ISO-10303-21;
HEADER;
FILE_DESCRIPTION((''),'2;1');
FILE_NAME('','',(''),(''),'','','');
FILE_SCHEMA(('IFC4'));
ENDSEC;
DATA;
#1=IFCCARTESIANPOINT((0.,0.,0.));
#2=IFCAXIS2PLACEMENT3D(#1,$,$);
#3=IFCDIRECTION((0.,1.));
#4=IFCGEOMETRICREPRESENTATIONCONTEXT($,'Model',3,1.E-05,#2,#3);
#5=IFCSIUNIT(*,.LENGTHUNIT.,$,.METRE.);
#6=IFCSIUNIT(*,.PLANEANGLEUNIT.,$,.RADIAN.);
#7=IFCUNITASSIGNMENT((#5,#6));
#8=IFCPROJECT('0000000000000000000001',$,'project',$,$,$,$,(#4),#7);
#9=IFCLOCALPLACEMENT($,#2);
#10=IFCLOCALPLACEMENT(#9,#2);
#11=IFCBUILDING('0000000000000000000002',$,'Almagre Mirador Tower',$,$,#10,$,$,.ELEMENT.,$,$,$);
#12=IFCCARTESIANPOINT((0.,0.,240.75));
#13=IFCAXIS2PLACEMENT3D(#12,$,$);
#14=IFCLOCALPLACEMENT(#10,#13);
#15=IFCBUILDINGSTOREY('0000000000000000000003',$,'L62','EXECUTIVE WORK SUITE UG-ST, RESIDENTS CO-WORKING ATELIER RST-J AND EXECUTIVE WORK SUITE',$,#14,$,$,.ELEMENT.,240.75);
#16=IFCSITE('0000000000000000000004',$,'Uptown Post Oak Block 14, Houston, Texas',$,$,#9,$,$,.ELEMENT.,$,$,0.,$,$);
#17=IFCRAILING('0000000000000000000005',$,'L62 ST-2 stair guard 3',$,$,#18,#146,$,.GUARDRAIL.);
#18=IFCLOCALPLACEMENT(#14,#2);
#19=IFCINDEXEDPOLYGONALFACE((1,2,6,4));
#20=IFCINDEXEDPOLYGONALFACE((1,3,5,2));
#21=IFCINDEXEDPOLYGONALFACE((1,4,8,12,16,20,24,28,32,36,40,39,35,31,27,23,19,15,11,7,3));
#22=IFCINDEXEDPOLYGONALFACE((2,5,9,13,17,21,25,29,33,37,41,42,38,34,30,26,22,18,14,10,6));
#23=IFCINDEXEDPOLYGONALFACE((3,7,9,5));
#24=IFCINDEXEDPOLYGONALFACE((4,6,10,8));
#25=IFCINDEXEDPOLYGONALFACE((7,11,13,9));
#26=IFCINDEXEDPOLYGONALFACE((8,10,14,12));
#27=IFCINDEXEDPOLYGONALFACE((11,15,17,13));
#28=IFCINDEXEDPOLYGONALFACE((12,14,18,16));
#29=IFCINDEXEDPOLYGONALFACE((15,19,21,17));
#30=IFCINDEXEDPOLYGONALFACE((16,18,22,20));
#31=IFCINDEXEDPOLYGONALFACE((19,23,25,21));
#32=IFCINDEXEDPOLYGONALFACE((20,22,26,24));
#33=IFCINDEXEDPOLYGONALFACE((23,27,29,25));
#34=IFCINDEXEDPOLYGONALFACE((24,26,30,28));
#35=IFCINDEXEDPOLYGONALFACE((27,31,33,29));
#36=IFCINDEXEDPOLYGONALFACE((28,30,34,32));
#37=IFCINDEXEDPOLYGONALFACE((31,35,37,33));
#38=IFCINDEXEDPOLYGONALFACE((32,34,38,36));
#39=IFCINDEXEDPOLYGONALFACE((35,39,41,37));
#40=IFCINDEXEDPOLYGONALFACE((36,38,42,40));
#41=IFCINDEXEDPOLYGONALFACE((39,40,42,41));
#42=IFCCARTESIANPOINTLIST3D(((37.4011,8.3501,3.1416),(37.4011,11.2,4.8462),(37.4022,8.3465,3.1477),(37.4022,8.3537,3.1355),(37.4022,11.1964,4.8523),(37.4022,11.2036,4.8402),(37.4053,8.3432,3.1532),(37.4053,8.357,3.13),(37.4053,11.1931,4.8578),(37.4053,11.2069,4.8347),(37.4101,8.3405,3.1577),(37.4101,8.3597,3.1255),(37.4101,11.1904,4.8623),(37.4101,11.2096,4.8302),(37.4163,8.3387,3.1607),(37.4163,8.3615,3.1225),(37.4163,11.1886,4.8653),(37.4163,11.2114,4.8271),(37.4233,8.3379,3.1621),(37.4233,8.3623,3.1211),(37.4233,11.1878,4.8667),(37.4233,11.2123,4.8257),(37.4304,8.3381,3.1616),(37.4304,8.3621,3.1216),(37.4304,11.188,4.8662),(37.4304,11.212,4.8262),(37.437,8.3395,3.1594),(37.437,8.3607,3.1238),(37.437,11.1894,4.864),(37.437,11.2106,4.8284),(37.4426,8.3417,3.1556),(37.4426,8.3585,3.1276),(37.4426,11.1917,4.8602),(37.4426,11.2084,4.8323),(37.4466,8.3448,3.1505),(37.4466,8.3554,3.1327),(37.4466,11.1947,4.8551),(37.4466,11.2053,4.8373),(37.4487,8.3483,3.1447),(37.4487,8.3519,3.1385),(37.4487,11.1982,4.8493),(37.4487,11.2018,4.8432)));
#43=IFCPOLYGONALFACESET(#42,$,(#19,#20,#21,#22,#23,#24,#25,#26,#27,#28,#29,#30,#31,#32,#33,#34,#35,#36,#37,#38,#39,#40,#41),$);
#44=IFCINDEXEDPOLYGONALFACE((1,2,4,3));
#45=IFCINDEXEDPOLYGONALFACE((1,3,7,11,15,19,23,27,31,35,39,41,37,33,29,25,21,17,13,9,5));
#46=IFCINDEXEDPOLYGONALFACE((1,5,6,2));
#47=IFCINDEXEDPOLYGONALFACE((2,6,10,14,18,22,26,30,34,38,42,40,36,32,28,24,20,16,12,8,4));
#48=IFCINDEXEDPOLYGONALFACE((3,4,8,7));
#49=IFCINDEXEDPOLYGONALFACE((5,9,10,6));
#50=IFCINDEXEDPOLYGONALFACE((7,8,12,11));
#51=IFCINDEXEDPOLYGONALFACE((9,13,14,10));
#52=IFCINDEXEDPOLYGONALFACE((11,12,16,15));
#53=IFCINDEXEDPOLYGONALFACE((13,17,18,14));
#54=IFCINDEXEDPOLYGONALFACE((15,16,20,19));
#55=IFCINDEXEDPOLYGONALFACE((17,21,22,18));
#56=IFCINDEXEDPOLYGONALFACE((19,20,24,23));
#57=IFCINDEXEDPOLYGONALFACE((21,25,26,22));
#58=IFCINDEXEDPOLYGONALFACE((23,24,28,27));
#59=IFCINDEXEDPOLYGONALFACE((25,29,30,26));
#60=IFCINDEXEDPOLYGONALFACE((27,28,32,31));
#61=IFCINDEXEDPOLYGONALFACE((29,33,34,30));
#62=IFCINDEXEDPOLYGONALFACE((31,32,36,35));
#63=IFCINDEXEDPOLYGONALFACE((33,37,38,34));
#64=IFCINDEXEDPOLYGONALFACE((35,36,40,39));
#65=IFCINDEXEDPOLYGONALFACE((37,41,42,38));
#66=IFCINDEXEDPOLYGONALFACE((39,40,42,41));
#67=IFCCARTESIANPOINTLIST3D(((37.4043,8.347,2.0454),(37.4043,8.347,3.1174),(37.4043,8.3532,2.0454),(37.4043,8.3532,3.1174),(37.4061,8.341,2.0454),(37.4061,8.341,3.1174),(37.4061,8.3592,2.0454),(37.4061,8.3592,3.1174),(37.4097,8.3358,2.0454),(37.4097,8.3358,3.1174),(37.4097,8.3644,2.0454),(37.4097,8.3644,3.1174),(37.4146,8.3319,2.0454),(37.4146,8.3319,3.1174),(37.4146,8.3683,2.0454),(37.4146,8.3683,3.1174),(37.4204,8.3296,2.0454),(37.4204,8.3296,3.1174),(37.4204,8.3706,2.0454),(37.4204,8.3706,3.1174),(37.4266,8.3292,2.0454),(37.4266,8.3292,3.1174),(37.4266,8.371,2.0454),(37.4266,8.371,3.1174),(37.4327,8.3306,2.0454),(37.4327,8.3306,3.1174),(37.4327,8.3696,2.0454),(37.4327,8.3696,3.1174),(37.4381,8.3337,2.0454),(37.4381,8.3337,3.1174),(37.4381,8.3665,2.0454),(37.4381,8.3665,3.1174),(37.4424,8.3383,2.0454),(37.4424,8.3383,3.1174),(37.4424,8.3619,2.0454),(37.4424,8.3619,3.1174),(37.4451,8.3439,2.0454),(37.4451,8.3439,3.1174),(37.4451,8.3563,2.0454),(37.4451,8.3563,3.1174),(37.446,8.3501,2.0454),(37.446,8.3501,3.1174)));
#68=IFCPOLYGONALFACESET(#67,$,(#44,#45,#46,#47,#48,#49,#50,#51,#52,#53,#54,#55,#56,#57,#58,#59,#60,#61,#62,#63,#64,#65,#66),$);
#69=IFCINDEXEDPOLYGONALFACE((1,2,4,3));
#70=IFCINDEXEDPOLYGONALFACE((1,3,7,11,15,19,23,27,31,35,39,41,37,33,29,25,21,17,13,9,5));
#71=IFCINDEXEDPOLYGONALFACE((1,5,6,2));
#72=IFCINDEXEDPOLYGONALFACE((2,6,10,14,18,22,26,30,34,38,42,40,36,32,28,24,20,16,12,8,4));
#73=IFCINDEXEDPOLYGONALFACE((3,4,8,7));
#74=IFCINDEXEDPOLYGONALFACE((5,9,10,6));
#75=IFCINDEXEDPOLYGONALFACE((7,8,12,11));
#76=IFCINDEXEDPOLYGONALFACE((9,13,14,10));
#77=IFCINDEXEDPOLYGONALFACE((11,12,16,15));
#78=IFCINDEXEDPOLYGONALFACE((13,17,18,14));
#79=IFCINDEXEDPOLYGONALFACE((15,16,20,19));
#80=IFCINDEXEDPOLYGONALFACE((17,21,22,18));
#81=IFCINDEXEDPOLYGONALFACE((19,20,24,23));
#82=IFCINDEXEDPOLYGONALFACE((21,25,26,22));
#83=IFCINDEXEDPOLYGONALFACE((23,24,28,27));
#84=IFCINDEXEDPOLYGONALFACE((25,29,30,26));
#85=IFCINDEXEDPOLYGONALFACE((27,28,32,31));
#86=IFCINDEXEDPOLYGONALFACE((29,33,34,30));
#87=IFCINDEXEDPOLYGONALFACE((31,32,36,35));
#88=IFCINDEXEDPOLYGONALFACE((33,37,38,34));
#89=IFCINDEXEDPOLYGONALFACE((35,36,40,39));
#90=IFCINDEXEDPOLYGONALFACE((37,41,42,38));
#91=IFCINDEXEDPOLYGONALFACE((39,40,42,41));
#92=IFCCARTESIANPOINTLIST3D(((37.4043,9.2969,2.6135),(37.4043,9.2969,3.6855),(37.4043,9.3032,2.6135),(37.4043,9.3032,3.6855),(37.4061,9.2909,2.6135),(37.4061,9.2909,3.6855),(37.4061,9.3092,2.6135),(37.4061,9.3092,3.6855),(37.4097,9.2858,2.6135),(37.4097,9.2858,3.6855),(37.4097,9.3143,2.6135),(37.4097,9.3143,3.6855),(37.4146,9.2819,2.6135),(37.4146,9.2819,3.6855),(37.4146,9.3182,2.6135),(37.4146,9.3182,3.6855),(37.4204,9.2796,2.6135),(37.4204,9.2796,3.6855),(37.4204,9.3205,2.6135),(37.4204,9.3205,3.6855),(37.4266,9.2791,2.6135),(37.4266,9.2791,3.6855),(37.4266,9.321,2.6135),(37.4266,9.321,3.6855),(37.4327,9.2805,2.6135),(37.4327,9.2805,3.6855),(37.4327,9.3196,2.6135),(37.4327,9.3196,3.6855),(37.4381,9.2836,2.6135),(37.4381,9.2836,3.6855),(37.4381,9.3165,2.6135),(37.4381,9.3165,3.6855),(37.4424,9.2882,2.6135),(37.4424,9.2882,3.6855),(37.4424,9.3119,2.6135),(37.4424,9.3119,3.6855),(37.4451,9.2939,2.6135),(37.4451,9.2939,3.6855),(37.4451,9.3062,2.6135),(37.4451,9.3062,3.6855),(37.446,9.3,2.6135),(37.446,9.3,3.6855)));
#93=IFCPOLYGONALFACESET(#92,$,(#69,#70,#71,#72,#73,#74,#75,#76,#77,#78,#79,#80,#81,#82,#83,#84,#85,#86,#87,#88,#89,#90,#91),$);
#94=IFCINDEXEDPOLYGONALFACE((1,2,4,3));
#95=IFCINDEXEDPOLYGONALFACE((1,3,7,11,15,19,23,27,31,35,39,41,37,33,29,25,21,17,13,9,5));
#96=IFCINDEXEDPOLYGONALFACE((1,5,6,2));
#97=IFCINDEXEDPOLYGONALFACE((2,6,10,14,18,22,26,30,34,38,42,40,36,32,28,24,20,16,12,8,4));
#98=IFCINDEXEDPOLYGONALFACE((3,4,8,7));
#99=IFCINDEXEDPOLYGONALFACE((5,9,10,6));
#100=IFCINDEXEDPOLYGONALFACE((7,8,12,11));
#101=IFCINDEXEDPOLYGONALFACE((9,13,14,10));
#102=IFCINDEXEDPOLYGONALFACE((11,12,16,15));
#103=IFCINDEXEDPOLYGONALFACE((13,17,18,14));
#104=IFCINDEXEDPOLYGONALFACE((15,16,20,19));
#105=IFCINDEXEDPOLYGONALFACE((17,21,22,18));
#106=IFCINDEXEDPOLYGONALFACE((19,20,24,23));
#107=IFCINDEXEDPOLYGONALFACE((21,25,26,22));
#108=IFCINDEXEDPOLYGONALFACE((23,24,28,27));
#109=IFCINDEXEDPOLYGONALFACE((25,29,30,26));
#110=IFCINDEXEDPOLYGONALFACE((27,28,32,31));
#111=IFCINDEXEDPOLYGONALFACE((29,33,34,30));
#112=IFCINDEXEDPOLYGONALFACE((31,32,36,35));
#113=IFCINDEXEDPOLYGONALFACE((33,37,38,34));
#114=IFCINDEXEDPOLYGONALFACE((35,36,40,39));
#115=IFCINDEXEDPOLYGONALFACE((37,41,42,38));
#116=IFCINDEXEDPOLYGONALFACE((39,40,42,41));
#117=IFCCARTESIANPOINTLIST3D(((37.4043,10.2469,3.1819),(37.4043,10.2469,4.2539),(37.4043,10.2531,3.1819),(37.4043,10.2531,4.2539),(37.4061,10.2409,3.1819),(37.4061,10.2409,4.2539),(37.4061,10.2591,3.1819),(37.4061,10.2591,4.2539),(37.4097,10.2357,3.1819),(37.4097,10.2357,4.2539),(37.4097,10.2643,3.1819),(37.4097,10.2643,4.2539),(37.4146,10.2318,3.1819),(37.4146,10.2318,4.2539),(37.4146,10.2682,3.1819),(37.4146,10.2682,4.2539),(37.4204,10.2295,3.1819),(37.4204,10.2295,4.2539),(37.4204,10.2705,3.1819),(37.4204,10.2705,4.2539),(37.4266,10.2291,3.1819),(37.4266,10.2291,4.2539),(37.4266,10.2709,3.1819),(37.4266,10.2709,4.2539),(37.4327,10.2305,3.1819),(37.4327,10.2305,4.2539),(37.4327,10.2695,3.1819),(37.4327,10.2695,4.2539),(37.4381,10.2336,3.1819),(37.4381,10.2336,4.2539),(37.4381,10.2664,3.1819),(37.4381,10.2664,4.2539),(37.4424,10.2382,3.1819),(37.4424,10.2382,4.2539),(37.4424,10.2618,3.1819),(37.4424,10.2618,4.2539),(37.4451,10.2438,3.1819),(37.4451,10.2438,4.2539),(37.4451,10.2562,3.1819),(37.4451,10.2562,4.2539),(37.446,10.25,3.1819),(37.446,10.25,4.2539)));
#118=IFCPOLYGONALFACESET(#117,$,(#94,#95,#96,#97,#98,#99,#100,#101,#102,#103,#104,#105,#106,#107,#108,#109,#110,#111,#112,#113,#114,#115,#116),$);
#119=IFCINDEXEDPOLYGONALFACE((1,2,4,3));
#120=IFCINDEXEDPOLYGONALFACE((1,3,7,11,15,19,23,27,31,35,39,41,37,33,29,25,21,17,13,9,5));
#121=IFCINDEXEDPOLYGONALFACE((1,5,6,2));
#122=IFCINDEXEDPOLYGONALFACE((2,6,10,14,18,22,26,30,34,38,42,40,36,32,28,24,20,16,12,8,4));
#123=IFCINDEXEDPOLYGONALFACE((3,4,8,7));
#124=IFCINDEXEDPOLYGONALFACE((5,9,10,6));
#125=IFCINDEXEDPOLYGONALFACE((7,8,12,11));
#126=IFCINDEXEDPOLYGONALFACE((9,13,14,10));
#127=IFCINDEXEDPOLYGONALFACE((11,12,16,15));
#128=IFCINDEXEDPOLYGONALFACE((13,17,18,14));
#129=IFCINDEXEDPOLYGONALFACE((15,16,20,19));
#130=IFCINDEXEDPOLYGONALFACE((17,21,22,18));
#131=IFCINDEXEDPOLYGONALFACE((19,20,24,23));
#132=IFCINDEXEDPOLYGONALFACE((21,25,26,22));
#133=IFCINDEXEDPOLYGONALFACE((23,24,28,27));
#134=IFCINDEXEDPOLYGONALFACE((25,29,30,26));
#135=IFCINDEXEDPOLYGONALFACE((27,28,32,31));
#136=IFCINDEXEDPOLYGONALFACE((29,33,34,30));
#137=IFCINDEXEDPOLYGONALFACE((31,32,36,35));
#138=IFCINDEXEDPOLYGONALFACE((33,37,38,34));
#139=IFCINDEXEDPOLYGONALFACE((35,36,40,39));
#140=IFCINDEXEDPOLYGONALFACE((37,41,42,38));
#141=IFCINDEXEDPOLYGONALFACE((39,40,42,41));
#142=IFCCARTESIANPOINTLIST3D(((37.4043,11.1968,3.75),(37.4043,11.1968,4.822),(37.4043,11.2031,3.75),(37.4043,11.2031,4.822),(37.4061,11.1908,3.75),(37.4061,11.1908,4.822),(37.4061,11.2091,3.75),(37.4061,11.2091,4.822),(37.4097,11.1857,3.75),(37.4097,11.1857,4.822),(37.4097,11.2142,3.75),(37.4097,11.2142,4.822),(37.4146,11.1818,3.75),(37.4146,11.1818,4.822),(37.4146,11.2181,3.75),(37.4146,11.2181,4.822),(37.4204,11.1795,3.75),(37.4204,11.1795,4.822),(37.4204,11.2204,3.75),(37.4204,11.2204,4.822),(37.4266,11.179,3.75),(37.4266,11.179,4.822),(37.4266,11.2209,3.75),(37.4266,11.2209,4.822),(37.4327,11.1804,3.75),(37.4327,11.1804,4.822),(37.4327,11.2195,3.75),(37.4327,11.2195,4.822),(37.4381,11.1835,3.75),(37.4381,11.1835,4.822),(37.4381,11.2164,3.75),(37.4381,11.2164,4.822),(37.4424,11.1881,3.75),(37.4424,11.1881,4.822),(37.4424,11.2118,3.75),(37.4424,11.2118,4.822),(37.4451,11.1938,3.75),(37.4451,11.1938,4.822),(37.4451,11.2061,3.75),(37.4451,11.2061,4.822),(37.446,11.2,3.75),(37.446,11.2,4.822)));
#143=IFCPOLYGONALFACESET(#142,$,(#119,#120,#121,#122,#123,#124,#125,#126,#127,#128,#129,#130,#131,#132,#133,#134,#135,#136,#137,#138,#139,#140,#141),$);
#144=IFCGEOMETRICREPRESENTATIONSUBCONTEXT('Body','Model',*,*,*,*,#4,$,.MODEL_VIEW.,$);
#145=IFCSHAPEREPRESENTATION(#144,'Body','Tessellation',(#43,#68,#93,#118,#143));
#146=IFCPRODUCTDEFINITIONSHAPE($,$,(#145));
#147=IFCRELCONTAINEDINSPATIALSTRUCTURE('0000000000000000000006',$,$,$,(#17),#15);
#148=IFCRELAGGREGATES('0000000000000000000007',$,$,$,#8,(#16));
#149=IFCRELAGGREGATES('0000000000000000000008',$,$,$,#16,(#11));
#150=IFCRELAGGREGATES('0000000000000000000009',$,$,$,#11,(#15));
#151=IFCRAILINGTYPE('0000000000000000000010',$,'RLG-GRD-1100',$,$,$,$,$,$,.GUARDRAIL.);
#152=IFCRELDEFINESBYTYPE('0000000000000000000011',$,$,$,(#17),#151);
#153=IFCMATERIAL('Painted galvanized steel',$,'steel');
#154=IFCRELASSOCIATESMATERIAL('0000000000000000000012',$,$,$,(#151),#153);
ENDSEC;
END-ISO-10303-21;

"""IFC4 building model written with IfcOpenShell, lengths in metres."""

from ifc_helpers import new_model, si_unit, direction, frame, origin, origin_2d, place, context, subcontext, project, spatial, circle, extrude, material, type_object, element, save


model = new_model("IFC4")

# Units and contexts
model_context = context("Model", 3, precision=1e-05, world=origin(), true_north=direction((0.0, 1.0)))
body_context = subcontext(model_context, "Body", "Model", "MODEL_VIEW")
ifc_project = project(units=[si_unit("LENGTHUNIT", "METRE"), si_unit("PLANEANGLEUNIT", "RADIAN")], contexts=[model_context])

# Site, building, storey
site_placement = place(None, origin())
site = spatial("IfcSite", under=ifc_project, at=site_placement, Name="Uptown Post Oak Block 14, Houston, Texas", CompositionType="ELEMENT", RefElevation=0.0)
building_placement = place(site_placement, origin())
building = spatial("IfcBuilding", under=site, at=building_placement, Name="Almagre Mirador Tower", CompositionType="ELEMENT")
storey_placement = place(building_placement, frame((0.0, 0.0, 240.75)))
storey = spatial("IfcBuildingStorey", under=building, at=storey_placement, Name="L62", Description="EXECUTIVE WORK SUITE UG-ST, RESIDENTS CO-WORKING ATELIER RST-J AND EXECUTIVE WORK SUITE", CompositionType="ELEMENT", Elevation=240.75)

# Railing
ifc_material_1 = material(Name="Painted galvanized steel", Category="steel")
railing_type_1 = type_object("IfcRailingType", Name="RLG-GRD-1100", PredefinedType="GUARDRAIL", material=ifc_material_1)
railing_1_placement = place(storey_placement, frame((37.425, 8.3501, 2.0454)))
element("IfcRailing", 1, at=railing_1_placement, inside=storey, type_object=railing_type_1, Name="L62 ST-2 stair guard 3", PredefinedType="GUARDRAIL", context=body_context, shape_type="SweptSolid", body=[
    extrude(circle(Radius=0.0239, at=origin_2d()), frame((0.0, 0.0, 1.0962), z_axis=(0.0, 0.858199, 0.513317), x_axis=(-1.0, 0.0, 0.0)), (0.0, 0.0, 1.0), 3.3208),
    extrude(circle(Radius=0.021, at=origin_2d()), origin(), (0.0, 0.0, 1.0), 1.072),
    extrude(circle(Radius=0.021, at=origin_2d()), frame((0.0, 0.95, 0.5681)), (0.0, 0.0, 1.0), 1.072),
    extrude(circle(Radius=0.021, at=origin_2d()), frame((0.0, 1.8999, 1.1365)), (0.0, 0.0, 1.0), 1.072),
    extrude(circle(Radius=0.021, at=origin_2d()), frame((0.0, 2.8499, 1.7046)), (0.0, 0.0, 1.0), 1.072),
])

save(model, "model.ifc")
